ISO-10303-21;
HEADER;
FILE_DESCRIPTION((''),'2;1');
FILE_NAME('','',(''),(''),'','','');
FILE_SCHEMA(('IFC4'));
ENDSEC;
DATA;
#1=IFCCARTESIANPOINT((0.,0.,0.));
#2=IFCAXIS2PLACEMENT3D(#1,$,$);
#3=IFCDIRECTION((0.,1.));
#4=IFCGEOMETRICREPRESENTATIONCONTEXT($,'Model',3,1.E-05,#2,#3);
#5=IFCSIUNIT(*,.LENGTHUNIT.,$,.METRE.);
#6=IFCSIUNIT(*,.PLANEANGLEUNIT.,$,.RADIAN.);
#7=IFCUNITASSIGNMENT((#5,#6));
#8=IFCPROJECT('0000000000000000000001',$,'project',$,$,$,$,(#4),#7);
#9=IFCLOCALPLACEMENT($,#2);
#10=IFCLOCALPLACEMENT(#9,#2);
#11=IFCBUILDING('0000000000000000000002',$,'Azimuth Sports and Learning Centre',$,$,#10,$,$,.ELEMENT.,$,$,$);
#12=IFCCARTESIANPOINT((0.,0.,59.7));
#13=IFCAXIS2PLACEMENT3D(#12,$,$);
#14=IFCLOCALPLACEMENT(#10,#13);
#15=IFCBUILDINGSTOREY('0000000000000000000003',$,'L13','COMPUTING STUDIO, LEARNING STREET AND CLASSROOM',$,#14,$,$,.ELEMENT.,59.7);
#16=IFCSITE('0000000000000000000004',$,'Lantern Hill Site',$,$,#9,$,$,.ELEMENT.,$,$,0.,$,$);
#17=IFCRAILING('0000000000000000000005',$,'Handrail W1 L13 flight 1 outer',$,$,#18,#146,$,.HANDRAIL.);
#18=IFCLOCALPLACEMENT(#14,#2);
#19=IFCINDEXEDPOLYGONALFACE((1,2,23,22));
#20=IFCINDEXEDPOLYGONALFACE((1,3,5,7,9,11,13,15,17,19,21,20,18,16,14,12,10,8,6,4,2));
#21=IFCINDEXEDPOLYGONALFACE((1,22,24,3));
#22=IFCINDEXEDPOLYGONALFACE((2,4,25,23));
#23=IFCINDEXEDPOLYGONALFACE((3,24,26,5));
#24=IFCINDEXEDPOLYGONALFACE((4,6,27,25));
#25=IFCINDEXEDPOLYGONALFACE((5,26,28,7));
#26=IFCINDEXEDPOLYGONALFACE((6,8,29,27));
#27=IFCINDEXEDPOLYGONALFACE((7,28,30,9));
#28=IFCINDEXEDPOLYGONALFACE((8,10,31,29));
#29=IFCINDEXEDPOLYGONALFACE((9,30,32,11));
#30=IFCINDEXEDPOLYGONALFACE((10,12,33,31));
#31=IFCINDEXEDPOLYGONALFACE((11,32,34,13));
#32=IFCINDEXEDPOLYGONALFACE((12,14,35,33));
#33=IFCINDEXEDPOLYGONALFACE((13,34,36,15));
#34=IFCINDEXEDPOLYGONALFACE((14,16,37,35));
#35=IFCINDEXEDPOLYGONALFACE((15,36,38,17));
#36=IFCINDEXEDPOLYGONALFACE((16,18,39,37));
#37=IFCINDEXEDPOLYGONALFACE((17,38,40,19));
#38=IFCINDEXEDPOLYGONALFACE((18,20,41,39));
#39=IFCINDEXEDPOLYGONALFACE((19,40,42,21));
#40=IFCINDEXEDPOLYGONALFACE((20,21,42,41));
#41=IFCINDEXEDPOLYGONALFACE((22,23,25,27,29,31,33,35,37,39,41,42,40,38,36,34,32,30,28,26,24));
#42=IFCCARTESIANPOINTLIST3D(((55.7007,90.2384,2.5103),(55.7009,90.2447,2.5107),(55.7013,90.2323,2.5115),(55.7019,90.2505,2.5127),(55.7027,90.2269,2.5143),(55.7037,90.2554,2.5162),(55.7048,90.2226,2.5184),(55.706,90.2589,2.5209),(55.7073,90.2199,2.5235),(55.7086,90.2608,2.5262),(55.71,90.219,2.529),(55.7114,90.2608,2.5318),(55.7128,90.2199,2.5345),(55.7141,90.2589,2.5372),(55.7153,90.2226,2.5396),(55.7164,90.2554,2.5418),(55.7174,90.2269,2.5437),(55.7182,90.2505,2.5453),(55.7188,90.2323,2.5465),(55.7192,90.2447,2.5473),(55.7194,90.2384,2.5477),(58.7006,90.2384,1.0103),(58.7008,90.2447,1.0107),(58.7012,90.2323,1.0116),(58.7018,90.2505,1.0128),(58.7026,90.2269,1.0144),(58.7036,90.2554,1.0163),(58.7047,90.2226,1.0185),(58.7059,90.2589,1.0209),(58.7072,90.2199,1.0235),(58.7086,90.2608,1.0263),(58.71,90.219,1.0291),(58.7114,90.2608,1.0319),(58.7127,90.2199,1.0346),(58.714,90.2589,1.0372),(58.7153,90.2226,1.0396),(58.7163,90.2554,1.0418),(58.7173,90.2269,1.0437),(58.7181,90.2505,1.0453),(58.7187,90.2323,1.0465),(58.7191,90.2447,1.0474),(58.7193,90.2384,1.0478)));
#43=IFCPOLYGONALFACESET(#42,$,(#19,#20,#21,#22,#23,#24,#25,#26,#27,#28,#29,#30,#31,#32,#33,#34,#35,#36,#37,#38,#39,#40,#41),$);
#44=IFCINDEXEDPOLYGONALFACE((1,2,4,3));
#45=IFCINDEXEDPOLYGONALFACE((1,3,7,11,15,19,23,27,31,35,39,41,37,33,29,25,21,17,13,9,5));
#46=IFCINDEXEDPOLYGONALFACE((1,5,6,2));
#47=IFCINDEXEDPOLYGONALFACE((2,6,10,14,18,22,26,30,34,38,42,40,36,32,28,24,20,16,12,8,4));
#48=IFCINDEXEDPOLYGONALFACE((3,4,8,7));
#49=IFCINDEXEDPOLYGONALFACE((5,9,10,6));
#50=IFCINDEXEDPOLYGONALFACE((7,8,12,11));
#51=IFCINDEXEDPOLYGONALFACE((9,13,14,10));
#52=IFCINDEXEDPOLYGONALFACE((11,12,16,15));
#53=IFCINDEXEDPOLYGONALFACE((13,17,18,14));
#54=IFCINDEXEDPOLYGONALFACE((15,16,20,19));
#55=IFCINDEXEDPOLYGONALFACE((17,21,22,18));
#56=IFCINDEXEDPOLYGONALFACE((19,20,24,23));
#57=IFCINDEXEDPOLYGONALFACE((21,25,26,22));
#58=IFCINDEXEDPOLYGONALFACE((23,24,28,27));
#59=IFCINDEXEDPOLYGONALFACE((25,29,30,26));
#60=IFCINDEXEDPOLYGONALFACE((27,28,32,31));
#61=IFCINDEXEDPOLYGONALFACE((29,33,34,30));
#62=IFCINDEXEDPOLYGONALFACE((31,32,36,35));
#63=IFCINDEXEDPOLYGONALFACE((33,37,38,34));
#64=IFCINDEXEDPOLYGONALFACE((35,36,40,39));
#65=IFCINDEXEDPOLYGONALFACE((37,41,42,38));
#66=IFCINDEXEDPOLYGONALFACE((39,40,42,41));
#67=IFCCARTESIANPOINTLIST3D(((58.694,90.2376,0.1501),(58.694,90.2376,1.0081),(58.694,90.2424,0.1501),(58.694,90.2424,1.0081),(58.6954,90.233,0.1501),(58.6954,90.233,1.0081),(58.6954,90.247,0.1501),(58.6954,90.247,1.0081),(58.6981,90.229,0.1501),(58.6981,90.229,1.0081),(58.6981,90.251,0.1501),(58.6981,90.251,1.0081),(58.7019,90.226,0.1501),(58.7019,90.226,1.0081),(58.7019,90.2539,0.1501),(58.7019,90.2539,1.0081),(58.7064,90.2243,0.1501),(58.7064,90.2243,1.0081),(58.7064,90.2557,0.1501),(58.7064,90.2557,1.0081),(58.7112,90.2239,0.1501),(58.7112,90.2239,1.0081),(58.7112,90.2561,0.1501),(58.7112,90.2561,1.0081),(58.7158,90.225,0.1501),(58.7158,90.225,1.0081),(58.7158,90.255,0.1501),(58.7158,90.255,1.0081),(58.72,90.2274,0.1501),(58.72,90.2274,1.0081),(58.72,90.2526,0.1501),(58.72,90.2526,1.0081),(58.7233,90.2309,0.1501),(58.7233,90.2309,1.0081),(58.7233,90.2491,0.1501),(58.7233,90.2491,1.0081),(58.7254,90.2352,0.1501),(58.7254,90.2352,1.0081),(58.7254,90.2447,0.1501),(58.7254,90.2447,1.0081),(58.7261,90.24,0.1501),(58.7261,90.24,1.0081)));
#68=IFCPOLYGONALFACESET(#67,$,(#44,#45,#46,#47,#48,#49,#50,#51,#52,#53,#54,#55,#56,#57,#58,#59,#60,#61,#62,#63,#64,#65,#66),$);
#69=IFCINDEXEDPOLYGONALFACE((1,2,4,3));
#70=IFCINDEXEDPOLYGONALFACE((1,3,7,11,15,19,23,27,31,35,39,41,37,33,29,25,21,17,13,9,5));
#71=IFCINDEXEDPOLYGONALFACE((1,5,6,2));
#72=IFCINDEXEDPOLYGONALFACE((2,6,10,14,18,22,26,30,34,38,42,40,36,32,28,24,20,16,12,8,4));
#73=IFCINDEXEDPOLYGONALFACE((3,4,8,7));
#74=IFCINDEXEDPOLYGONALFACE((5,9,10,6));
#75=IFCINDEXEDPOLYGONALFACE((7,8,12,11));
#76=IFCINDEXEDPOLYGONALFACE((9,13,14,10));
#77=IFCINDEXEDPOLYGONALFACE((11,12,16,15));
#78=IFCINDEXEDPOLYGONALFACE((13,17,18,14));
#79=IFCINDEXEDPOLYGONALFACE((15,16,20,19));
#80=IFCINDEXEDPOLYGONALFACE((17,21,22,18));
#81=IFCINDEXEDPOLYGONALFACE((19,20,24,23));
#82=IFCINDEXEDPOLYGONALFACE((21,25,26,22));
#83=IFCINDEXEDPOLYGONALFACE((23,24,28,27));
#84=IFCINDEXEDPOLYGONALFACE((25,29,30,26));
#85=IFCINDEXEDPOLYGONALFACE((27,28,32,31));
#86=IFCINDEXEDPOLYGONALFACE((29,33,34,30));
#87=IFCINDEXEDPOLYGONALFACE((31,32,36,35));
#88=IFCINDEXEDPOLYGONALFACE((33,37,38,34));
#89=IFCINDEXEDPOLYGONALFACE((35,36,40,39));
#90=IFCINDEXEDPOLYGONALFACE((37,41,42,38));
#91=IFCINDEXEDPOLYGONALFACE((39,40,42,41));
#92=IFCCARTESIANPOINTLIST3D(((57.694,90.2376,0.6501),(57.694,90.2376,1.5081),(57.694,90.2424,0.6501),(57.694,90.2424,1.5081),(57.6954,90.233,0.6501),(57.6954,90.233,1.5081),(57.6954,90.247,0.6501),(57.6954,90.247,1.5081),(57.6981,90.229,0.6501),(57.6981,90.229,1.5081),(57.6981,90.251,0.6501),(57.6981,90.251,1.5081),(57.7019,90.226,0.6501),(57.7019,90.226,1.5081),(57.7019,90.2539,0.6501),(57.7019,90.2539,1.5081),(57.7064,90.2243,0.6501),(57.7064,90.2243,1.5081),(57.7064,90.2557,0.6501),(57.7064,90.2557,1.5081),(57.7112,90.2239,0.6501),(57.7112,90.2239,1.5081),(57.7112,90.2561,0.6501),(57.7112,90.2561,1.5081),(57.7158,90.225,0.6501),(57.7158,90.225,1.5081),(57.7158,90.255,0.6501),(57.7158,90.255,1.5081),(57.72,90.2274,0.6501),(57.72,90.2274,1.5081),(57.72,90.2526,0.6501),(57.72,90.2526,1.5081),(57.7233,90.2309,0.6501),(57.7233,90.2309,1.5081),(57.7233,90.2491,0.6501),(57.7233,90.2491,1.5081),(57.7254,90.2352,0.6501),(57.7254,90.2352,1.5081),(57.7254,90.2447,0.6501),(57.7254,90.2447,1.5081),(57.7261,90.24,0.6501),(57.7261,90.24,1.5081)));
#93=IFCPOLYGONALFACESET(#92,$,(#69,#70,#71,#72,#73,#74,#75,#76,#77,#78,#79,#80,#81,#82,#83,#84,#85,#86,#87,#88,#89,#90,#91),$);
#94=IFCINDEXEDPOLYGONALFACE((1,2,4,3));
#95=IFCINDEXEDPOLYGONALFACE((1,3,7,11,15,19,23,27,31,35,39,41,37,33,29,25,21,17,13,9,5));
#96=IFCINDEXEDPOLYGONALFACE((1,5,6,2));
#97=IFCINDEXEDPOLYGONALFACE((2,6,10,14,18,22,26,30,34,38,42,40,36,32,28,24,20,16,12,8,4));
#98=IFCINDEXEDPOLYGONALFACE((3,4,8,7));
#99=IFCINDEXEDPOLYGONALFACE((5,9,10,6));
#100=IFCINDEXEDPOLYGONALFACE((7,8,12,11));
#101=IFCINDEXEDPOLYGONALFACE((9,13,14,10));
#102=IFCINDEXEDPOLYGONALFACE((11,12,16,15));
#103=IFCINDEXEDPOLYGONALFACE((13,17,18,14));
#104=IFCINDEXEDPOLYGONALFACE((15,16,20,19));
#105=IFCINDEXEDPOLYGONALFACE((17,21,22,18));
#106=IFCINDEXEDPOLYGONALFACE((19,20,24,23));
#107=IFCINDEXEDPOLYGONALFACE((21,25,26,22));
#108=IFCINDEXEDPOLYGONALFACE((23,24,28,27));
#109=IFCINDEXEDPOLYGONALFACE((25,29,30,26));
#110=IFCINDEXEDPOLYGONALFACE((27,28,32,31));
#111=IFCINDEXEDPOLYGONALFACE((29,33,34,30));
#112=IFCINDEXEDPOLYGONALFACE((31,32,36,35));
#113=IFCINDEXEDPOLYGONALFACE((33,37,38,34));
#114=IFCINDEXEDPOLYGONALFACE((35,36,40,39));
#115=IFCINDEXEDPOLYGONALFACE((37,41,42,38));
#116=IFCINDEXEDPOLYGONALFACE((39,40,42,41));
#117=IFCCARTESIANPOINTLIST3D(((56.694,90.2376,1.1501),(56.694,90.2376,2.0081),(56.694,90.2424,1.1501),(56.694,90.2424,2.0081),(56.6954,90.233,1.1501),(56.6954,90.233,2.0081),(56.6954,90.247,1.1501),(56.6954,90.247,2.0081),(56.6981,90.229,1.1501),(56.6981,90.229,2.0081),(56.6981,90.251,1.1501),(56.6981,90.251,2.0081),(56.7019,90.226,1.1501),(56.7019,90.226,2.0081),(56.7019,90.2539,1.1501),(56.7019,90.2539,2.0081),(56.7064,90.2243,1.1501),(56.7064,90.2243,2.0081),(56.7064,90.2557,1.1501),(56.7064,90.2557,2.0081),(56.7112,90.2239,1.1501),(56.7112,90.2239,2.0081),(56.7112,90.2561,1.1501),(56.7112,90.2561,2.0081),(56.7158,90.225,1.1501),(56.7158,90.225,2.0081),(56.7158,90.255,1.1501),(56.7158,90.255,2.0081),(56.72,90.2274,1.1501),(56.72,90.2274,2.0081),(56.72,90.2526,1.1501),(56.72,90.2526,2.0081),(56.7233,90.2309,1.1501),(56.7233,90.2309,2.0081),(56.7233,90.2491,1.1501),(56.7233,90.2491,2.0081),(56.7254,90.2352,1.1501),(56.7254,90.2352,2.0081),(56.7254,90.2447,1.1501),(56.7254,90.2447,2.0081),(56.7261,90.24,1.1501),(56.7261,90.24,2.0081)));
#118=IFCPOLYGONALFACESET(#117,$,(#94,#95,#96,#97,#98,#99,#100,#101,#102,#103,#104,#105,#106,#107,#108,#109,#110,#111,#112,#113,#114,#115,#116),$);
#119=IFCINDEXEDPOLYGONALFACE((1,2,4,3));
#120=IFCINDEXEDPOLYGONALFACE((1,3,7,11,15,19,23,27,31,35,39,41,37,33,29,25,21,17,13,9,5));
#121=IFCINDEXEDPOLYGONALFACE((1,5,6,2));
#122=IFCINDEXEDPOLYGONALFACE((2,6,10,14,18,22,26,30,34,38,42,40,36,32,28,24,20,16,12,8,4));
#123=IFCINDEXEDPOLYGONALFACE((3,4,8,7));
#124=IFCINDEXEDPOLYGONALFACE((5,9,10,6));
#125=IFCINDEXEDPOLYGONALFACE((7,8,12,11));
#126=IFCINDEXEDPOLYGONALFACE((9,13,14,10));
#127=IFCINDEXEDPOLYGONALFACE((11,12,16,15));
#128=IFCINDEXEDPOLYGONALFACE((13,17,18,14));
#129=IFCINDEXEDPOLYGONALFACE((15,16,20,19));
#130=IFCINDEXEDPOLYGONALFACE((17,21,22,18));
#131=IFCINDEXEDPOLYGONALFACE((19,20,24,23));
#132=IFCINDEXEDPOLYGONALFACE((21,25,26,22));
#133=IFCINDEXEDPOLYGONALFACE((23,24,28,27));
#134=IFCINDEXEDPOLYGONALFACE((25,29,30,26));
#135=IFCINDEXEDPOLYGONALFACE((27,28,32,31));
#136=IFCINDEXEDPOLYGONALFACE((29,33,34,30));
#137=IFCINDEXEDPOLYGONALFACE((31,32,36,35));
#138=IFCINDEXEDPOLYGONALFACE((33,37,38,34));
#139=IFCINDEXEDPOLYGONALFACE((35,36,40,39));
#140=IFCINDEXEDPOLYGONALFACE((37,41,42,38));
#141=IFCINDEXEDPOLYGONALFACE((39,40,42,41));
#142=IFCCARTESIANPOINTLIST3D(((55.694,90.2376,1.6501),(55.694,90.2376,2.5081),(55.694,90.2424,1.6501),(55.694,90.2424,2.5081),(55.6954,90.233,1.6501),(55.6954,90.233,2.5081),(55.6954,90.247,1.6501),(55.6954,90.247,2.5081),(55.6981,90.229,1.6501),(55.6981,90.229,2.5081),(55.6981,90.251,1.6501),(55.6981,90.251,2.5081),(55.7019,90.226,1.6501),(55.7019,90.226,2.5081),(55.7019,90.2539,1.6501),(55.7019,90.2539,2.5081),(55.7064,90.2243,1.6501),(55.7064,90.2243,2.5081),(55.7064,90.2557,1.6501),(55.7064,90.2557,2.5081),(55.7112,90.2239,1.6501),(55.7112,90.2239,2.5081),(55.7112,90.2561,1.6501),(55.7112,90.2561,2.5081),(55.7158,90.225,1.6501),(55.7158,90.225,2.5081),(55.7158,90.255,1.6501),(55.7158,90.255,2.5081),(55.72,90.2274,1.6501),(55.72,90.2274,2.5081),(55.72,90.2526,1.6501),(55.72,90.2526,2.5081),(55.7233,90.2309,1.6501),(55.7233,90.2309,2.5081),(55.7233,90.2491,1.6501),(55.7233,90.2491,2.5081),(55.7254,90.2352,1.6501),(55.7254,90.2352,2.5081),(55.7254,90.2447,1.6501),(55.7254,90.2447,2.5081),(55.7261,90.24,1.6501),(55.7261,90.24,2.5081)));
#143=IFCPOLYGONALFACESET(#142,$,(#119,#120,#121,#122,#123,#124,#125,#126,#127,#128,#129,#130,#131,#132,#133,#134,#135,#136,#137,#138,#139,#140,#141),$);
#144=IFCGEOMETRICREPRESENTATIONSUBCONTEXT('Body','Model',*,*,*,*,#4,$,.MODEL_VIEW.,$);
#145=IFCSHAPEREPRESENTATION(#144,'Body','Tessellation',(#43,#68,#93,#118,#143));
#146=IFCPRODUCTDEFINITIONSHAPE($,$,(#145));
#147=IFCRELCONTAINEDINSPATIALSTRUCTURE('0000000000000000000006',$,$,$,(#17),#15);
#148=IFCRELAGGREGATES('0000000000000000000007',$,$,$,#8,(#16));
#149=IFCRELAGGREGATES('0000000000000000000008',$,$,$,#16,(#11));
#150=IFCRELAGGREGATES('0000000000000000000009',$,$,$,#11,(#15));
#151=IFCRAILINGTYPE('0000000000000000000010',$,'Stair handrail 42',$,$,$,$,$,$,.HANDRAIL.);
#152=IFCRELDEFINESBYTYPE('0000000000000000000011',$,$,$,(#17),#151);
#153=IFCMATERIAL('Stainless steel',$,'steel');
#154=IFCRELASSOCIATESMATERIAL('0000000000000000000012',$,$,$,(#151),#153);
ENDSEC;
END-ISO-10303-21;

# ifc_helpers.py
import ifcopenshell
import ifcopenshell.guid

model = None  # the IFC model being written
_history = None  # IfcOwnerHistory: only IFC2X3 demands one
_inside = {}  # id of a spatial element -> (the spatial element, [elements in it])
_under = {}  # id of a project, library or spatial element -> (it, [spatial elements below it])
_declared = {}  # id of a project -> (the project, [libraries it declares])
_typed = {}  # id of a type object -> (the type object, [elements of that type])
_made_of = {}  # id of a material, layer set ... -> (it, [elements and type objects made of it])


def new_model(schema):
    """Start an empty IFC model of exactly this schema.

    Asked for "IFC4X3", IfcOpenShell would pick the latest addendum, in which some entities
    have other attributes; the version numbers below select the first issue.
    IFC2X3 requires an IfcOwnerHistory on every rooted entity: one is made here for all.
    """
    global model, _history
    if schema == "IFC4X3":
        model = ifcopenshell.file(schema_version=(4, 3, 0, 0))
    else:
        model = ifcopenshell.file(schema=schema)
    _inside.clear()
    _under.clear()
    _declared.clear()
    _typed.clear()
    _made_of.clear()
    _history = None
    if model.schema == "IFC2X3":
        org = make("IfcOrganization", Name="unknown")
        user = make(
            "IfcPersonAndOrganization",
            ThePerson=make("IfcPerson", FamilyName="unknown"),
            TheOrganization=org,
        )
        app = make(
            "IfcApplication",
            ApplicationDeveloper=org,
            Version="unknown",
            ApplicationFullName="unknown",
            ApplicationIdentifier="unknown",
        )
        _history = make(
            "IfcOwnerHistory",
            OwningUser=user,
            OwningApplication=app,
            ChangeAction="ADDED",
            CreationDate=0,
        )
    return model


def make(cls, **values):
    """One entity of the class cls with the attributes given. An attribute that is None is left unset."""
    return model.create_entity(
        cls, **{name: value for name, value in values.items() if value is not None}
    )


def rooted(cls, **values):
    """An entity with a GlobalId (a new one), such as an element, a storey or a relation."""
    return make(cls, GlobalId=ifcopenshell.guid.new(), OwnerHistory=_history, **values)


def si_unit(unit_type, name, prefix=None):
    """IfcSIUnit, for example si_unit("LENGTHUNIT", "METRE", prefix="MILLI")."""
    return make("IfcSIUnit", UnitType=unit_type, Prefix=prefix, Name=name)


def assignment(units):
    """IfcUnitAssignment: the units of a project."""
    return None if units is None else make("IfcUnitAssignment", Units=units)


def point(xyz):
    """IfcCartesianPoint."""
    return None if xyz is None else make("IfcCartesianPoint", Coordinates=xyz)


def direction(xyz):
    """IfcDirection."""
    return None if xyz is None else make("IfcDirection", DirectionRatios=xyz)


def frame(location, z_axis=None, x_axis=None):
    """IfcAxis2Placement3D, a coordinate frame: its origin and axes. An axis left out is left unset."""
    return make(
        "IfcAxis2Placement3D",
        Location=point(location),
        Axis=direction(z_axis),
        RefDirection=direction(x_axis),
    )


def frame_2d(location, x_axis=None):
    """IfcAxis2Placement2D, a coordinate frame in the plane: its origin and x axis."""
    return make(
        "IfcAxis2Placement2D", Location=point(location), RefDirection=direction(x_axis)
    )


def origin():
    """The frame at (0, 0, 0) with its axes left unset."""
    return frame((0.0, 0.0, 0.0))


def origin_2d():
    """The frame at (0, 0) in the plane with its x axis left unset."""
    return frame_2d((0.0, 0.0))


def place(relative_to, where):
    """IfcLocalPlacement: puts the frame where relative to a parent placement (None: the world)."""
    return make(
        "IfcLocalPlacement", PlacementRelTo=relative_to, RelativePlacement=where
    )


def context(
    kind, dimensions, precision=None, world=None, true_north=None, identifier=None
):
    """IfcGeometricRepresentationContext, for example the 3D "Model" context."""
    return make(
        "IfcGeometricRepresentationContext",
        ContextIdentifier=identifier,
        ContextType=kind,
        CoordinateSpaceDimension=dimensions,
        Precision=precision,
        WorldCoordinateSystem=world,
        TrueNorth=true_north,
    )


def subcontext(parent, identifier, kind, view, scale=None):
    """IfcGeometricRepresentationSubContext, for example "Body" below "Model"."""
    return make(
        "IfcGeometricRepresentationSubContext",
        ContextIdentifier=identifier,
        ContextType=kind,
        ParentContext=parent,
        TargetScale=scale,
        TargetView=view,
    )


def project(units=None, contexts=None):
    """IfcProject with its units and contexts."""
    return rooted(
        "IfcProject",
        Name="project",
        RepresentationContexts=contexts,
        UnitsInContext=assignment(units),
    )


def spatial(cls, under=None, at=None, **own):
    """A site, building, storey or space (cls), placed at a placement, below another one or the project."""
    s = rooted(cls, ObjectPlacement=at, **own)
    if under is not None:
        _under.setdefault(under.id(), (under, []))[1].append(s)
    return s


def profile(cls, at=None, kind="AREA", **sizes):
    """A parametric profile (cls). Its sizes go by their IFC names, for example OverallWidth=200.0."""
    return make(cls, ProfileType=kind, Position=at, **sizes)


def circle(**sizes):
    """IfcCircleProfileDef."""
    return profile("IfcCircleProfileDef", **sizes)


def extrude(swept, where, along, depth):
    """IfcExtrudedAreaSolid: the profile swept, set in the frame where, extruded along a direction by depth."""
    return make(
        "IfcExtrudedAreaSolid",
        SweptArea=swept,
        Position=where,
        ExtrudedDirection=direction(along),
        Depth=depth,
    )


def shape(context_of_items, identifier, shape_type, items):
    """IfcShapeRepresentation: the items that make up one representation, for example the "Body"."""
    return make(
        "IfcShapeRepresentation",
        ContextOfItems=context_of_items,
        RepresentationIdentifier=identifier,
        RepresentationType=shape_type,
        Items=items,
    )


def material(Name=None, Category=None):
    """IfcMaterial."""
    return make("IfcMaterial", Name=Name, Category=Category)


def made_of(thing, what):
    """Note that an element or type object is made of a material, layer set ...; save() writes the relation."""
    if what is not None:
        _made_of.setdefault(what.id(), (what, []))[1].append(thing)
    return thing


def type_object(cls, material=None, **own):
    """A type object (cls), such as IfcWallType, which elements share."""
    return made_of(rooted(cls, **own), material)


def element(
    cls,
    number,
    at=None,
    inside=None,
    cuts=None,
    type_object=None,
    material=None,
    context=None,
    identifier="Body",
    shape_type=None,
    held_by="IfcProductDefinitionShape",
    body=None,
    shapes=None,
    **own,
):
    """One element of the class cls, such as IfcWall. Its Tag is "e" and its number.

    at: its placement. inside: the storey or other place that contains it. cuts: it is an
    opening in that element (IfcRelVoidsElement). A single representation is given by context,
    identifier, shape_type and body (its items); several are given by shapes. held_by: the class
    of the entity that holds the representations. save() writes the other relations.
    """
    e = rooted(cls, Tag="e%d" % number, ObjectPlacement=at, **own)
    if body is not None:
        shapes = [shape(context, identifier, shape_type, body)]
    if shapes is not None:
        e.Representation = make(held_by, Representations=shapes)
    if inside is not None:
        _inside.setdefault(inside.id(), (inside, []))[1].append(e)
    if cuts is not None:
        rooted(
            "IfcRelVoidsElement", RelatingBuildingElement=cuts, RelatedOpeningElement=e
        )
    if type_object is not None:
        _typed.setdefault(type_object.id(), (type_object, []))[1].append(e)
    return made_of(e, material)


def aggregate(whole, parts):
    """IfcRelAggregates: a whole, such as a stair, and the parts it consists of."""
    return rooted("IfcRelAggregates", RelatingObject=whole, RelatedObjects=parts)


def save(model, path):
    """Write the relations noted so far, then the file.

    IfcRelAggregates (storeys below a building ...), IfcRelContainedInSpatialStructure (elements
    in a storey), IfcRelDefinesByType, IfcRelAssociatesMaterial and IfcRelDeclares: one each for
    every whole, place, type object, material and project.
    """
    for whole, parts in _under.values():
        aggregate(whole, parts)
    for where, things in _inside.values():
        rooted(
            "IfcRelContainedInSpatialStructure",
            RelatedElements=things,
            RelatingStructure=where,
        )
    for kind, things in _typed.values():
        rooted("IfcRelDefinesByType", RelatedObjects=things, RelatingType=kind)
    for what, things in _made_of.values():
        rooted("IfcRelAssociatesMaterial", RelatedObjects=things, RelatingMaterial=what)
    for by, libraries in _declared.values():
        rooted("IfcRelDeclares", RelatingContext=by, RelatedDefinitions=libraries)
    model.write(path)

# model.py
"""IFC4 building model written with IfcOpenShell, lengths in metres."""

from ifc_helpers import new_model, si_unit, direction, frame, origin, origin_2d, place, context, subcontext, project, spatial, circle, extrude, material, type_object, element, save


model = new_model("IFC4")

# Units and contexts
model_context = context("Model", 3, precision=1e-05, world=origin(), true_north=direction((0.0, 1.0)))
body_context = subcontext(model_context, "Body", "Model", "MODEL_VIEW")
ifc_project = project(units=[si_unit("LENGTHUNIT", "METRE"), si_unit("PLANEANGLEUNIT", "RADIAN")], contexts=[model_context])

# Site, building, storey
site_placement = place(None, origin())
site = spatial("IfcSite", under=ifc_project, at=site_placement, Name="Lantern Hill Site", CompositionType="ELEMENT", RefElevation=0.0)
building_placement = place(site_placement, origin())
building = spatial("IfcBuilding", under=site, at=building_placement, Name="Azimuth Sports and Learning Centre", CompositionType="ELEMENT")
storey_placement = place(building_placement, frame((0.0, 0.0, 59.7)))
storey = spatial("IfcBuildingStorey", under=building, at=storey_placement, Name="L13", Description="COMPUTING STUDIO, LEARNING STREET AND CLASSROOM", CompositionType="ELEMENT", Elevation=59.7)

# Railing
ifc_material_1 = material(Name="Stainless steel", Category="steel")
railing_type = type_object("IfcRailingType", Name="Stair handrail 42", PredefinedType="HANDRAIL", material=ifc_material_1)
railing_placement = place(storey_placement, frame((58.71, 90.24, 0.1501)))
element("IfcRailing", 1, at=railing_placement, inside=storey, type_object=railing_type, Name="Handrail W1 L13 flight 1 outer", PredefinedType="HANDRAIL", context=body_context, shape_type="SweptSolid", body=[
    extrude(circle(Radius=0.021, at=origin_2d()), frame((0.0, 0.0, 0.8789), z_axis=(-0.894427, 0.0, 0.447214), x_axis=(0.0, -1.0, 0.0)), (0.0, 0.0, 1.0), 3.354),
    extrude(circle(Radius=0.0161, at=origin_2d()), origin(), (0.0, 0.0, 1.0), 0.8579),
    extrude(circle(Radius=0.0161, at=origin_2d()), frame((-1.0, 0.0, 0.5)), (0.0, 0.0, 1.0), 0.8579),
    extrude(circle(Radius=0.0161, at=origin_2d()), frame((-2.0, 0.0, 1.0)), (0.0, 0.0, 1.0), 0.8579),
    extrude(circle(Radius=0.0161, at=origin_2d()), frame((-3.0, 0.0, 1.5)), (0.0, 0.0, 1.0), 0.8579),
])

save(model, "model.ifc")
